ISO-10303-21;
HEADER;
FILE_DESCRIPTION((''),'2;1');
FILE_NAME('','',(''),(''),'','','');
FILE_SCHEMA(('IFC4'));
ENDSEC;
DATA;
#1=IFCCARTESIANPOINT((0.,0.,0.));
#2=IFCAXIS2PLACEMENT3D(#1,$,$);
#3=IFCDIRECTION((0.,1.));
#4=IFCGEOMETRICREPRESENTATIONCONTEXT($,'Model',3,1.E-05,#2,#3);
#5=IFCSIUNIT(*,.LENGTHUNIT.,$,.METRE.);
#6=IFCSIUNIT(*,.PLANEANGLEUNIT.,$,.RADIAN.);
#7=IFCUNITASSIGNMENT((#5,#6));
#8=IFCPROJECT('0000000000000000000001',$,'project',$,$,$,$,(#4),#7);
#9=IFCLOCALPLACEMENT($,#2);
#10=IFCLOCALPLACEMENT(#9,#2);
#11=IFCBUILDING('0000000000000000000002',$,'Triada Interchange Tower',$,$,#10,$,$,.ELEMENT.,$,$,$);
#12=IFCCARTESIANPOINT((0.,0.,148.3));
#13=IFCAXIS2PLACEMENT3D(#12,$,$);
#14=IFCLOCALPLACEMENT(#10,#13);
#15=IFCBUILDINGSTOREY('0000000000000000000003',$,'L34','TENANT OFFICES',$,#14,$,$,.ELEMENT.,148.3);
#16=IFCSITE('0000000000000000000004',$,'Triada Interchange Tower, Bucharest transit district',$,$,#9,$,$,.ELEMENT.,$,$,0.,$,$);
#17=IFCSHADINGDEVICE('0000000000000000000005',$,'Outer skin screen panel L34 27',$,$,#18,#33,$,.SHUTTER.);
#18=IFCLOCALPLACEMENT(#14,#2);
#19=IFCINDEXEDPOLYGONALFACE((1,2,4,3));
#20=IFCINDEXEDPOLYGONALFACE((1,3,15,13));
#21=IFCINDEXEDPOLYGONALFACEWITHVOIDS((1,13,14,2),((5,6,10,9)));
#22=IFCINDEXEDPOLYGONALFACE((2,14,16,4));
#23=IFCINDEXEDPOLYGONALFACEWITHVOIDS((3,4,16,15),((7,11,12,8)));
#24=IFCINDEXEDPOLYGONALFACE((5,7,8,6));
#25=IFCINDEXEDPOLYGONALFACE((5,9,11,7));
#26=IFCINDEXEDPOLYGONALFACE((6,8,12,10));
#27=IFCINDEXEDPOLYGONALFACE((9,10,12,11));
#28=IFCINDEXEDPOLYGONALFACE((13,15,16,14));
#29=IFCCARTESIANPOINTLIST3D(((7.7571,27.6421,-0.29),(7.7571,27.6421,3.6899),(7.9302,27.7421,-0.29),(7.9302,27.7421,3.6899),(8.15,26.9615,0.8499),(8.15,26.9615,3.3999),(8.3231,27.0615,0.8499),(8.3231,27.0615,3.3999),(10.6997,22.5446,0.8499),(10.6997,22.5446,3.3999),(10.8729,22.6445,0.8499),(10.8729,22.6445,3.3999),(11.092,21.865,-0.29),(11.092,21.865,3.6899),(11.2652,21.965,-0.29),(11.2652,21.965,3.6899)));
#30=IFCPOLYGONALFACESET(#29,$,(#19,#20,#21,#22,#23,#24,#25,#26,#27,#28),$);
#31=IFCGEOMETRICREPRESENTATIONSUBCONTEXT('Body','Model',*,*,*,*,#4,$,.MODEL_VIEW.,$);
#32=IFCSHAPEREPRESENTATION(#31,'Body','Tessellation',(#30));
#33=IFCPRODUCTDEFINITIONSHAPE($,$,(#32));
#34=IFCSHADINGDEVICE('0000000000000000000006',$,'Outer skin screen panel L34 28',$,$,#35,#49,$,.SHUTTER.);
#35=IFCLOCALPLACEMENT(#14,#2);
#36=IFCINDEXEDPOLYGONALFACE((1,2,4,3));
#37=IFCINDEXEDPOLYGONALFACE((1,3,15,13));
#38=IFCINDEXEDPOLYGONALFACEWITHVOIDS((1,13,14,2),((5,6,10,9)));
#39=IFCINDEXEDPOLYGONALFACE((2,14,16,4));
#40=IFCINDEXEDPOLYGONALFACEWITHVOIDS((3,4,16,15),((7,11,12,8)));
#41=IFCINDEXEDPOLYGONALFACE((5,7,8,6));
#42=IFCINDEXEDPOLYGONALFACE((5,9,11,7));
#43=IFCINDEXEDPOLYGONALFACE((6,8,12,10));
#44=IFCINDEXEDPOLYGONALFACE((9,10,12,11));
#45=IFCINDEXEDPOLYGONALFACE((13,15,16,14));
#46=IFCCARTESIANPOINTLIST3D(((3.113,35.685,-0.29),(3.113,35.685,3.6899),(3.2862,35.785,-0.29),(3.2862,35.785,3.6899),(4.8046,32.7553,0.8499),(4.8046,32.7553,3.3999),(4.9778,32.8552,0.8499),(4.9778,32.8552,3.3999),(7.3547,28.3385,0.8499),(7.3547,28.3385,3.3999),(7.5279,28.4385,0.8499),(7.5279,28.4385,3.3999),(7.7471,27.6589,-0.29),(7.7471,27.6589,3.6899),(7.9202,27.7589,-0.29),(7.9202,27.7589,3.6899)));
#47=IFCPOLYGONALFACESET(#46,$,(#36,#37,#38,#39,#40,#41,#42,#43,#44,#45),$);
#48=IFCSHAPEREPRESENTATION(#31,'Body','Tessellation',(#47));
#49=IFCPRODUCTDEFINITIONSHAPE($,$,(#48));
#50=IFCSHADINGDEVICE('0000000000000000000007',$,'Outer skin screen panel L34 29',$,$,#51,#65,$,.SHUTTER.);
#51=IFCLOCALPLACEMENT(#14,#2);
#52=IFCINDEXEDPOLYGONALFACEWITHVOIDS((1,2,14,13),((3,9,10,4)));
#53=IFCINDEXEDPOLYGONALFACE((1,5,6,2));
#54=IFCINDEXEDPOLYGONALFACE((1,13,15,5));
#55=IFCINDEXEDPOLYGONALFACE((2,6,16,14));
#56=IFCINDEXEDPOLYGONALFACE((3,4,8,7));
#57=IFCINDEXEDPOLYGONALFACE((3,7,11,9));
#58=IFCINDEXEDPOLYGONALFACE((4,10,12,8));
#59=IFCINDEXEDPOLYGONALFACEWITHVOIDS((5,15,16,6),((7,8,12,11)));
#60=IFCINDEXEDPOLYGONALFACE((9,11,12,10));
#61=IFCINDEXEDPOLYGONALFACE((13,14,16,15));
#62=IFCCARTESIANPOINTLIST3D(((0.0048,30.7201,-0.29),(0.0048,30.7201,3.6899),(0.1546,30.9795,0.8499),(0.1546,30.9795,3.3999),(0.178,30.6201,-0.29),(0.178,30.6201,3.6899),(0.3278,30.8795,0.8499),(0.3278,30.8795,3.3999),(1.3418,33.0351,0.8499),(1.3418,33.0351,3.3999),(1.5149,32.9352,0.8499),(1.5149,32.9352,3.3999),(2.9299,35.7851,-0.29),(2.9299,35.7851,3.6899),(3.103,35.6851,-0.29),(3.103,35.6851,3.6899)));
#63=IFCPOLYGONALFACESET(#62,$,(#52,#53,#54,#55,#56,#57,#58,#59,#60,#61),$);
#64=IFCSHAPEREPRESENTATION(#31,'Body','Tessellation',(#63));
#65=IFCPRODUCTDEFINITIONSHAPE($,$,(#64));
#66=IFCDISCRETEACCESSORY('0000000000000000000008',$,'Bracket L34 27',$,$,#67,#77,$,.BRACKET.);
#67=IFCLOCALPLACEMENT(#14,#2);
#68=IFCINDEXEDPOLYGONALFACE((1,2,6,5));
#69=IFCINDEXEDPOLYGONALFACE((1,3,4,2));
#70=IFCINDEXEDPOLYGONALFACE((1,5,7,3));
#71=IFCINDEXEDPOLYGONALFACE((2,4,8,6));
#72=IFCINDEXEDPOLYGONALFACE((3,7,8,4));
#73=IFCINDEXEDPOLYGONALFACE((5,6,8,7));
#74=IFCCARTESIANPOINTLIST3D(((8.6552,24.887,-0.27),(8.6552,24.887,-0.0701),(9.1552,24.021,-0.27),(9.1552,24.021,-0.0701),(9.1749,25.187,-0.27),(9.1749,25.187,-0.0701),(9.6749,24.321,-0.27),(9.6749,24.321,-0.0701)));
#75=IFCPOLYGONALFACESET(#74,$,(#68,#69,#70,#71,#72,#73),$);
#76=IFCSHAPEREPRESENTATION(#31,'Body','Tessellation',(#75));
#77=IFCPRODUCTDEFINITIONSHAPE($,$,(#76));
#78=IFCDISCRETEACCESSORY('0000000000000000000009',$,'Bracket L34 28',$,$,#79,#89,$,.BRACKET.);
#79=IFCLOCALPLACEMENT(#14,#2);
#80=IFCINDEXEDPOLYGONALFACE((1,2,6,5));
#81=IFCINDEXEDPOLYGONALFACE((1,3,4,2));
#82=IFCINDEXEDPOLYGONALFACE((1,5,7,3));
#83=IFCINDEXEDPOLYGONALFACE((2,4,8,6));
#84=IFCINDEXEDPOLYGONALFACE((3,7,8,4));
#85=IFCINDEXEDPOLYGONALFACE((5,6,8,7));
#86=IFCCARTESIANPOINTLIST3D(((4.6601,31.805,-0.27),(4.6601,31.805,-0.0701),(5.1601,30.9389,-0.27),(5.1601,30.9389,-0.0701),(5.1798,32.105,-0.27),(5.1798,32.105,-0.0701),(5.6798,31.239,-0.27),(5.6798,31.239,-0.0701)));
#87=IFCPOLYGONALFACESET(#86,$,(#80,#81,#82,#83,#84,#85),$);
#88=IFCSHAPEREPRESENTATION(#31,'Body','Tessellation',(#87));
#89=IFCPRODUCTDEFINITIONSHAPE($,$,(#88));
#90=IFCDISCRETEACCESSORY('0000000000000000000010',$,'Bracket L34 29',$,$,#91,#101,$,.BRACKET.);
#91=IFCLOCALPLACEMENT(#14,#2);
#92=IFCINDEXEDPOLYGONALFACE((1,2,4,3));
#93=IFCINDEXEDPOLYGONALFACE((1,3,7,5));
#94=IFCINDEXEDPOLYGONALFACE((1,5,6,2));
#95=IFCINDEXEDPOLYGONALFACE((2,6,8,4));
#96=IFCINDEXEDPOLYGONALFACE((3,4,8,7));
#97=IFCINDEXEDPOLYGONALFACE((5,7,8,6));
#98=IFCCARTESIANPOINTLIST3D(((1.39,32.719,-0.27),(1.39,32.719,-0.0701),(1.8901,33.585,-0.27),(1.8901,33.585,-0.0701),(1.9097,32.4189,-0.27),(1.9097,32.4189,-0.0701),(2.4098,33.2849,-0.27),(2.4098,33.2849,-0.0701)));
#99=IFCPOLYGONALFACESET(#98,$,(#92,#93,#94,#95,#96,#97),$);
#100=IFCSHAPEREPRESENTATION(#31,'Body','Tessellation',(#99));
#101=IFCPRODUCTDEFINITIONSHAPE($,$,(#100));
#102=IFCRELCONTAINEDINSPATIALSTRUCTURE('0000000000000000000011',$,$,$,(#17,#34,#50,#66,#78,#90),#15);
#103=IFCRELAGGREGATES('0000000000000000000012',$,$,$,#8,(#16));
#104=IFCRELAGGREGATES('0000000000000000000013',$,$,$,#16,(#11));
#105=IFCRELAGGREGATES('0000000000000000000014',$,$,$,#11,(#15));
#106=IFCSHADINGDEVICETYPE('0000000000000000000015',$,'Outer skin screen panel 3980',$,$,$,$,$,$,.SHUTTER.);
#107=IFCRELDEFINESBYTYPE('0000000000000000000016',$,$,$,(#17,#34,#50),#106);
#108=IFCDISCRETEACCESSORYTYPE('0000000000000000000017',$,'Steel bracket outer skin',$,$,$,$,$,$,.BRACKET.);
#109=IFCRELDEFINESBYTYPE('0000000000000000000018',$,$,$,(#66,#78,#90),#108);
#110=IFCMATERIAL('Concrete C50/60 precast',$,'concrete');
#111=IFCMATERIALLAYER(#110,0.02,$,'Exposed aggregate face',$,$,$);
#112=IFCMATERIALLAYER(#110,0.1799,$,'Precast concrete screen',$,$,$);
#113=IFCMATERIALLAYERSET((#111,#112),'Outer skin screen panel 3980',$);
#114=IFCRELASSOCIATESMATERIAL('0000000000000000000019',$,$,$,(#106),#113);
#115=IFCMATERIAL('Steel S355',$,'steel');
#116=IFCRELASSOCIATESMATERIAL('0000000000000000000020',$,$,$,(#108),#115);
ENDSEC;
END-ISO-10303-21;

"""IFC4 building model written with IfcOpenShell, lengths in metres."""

from ifc_helpers import new_model, si_unit, direction, frame, origin, origin_2d, place, context, subcontext, project, spatial, polyline, rectangle, outline, extrude, material, layer, layer_set, type_object, element, save


model = new_model("IFC4")

# Units and contexts
model_context = context("Model", 3, precision=1e-05, world=origin(), true_north=direction((0.0, 1.0)))
body_context = subcontext(model_context, "Body", "Model", "MODEL_VIEW")
ifc_project = project(units=[si_unit("LENGTHUNIT", "METRE"), si_unit("PLANEANGLEUNIT", "RADIAN")], contexts=[model_context])

# Site, building, storey
site_placement = place(None, origin())
site = spatial("IfcSite", under=ifc_project, at=site_placement, Name="Triada Interchange Tower, Bucharest transit district", CompositionType="ELEMENT", RefElevation=0.0)
building_placement = place(site_placement, origin())
building = spatial("IfcBuilding", under=site, at=building_placement, Name="Triada Interchange Tower", CompositionType="ELEMENT")
storey_placement = place(building_placement, frame((0.0, 0.0, 148.3)))
storey = spatial("IfcBuildingStorey", under=building, at=storey_placement, Name="L34", Description="TENANT OFFICES", CompositionType="ELEMENT", Elevation=148.3)

# Shading devices
ifc_material_1 = material(Name="Concrete C50/60 precast", Category="concrete")
ifc_layer_1 = layer(ifc_material_1, 0.02, Name="Exposed aggregate face")
ifc_layer_2 = layer(ifc_material_1, 0.1799, Name="Precast concrete screen")
ifc_layer_set_1 = layer_set([ifc_layer_1, ifc_layer_2], Name="Outer skin screen panel 3980")
shading_device_type = type_object("IfcShadingDeviceType", Name="Outer skin screen panel 3980", PredefinedType="SHUTTER", material=ifc_layer_set_1)
shading_device_1_placement = place(storey_placement, frame((11.092, 21.865, -0.29), z_axis=(0.0, 0.0, 1.0), x_axis=(-0.49995, 0.866055, 0.0)))
element("IfcShadingDevice", 1, at=shading_device_1_placement, inside=storey, type_object=shading_device_type, Name="Outer skin screen panel L34 27", PredefinedType="SHUTTER", context=body_context, shape_type="SweptSolid", body=[
    extrude(outline(polyline([(0.0, 0.0), (6.6707, 0.0), (6.6707, 3.98), (0.0, 3.98), (0.0, 0.0)]), holes=[polyline([(0.7847, 1.1399), (0.7847, 3.6899), (5.8848, 3.6899), (5.8848, 1.1399), (0.7847, 1.1399)])]), frame((0.0, 0.0, 0.0), z_axis=(0.0, -1.0, 0.0), x_axis=(1.0, 0.0, 0.0)), (0.0, 0.0, 1.0), 0.2),
])
shading_device_2_placement = place(storey_placement, frame((7.7471, 27.6589, -0.29), z_axis=(0.0, 0.0, 1.0), x_axis=(-0.500012, 0.866018, 0.0)))
element("IfcShadingDevice", 2, at=shading_device_2_placement, inside=storey, type_object=shading_device_type, Name="Outer skin screen panel L34 28", PredefinedType="SHUTTER", context=body_context, shape_type="SweptSolid", body=[
    extrude(outline(polyline([(0.0, 0.0), (9.2678, 0.0), (9.2678, 3.98), (0.0, 3.98), (0.0, 0.0)]), holes=[polyline([(0.7847, 1.1399), (0.7847, 3.6899), (5.8848, 3.6899), (5.8848, 1.1399), (0.7847, 1.1399)])]), frame((0.0, 0.0, 0.0), z_axis=(0.0, -1.0, 0.0), x_axis=(1.0, 0.0, 0.0)), (0.0, 0.0, 1.0), 0.2),
])
shading_device_3_placement = place(storey_placement, frame((3.103, 35.6851, -0.29), z_axis=(0.0, 0.0, 1.0), x_axis=(-0.500103, -0.865966, 0.0)))
element("IfcShadingDevice", 3, at=shading_device_3_placement, inside=storey, type_object=shading_device_type, Name="Outer skin screen panel L34 29", PredefinedType="SHUTTER", context=body_context, shape_type="SweptSolid", body=[
    extrude(outline(polyline([(0.0, 0.0), (5.8489, 0.0), (5.8489, 3.98), (0.0, 3.98), (0.0, 0.0)]), holes=[polyline([(3.1755, 1.1399), (3.1755, 3.6899), (5.5493, 3.6899), (5.5493, 1.1399), (3.1755, 1.1399)])]), frame((0.0, 0.0, 0.0), z_axis=(0.0, -1.0, 0.0), x_axis=(1.0, 0.0, 0.0)), (0.0, 0.0, 1.0), 0.2),
])

# Discrete accessories
ifc_material_2 = material(Name="Steel S355", Category="steel")
discrete_accessory_type = type_object("IfcDiscreteAccessoryType", Name="Steel bracket outer skin", PredefinedType="BRACKET", material=ifc_material_2)
for number, where, z_axis, x_axis, name in (
    (4, (9.165, 24.604, -0.27), (0.0, 0.0, 1.0), (0.866021, 0.500007, 0.0), "Bracket L34 27"),
    (5, (5.1699, 31.522, -0.27), (0.0, 0.0, 1.0), (0.866021, 0.500007, 0.0), "Bracket L34 28"),
    (6, (1.8999, 33.002, -0.27), (0.0, 0.0, 1.0), (-0.866017, 0.500015, 0.0), "Bracket L34 29"),
):
    element("IfcDiscreteAccessory", number, at=place(storey_placement, frame(where, z_axis=z_axis, x_axis=x_axis)), inside=storey, type_object=discrete_accessory_type, Name=name, PredefinedType="BRACKET", context=body_context, shape_type="SweptSolid", body=[
        extrude(rectangle(XDim=0.6001, YDim=1.0, at=origin_2d()), origin(), (0.0, 0.0, 1.0), 0.2),
    ])

save(model, "model.ifc")
